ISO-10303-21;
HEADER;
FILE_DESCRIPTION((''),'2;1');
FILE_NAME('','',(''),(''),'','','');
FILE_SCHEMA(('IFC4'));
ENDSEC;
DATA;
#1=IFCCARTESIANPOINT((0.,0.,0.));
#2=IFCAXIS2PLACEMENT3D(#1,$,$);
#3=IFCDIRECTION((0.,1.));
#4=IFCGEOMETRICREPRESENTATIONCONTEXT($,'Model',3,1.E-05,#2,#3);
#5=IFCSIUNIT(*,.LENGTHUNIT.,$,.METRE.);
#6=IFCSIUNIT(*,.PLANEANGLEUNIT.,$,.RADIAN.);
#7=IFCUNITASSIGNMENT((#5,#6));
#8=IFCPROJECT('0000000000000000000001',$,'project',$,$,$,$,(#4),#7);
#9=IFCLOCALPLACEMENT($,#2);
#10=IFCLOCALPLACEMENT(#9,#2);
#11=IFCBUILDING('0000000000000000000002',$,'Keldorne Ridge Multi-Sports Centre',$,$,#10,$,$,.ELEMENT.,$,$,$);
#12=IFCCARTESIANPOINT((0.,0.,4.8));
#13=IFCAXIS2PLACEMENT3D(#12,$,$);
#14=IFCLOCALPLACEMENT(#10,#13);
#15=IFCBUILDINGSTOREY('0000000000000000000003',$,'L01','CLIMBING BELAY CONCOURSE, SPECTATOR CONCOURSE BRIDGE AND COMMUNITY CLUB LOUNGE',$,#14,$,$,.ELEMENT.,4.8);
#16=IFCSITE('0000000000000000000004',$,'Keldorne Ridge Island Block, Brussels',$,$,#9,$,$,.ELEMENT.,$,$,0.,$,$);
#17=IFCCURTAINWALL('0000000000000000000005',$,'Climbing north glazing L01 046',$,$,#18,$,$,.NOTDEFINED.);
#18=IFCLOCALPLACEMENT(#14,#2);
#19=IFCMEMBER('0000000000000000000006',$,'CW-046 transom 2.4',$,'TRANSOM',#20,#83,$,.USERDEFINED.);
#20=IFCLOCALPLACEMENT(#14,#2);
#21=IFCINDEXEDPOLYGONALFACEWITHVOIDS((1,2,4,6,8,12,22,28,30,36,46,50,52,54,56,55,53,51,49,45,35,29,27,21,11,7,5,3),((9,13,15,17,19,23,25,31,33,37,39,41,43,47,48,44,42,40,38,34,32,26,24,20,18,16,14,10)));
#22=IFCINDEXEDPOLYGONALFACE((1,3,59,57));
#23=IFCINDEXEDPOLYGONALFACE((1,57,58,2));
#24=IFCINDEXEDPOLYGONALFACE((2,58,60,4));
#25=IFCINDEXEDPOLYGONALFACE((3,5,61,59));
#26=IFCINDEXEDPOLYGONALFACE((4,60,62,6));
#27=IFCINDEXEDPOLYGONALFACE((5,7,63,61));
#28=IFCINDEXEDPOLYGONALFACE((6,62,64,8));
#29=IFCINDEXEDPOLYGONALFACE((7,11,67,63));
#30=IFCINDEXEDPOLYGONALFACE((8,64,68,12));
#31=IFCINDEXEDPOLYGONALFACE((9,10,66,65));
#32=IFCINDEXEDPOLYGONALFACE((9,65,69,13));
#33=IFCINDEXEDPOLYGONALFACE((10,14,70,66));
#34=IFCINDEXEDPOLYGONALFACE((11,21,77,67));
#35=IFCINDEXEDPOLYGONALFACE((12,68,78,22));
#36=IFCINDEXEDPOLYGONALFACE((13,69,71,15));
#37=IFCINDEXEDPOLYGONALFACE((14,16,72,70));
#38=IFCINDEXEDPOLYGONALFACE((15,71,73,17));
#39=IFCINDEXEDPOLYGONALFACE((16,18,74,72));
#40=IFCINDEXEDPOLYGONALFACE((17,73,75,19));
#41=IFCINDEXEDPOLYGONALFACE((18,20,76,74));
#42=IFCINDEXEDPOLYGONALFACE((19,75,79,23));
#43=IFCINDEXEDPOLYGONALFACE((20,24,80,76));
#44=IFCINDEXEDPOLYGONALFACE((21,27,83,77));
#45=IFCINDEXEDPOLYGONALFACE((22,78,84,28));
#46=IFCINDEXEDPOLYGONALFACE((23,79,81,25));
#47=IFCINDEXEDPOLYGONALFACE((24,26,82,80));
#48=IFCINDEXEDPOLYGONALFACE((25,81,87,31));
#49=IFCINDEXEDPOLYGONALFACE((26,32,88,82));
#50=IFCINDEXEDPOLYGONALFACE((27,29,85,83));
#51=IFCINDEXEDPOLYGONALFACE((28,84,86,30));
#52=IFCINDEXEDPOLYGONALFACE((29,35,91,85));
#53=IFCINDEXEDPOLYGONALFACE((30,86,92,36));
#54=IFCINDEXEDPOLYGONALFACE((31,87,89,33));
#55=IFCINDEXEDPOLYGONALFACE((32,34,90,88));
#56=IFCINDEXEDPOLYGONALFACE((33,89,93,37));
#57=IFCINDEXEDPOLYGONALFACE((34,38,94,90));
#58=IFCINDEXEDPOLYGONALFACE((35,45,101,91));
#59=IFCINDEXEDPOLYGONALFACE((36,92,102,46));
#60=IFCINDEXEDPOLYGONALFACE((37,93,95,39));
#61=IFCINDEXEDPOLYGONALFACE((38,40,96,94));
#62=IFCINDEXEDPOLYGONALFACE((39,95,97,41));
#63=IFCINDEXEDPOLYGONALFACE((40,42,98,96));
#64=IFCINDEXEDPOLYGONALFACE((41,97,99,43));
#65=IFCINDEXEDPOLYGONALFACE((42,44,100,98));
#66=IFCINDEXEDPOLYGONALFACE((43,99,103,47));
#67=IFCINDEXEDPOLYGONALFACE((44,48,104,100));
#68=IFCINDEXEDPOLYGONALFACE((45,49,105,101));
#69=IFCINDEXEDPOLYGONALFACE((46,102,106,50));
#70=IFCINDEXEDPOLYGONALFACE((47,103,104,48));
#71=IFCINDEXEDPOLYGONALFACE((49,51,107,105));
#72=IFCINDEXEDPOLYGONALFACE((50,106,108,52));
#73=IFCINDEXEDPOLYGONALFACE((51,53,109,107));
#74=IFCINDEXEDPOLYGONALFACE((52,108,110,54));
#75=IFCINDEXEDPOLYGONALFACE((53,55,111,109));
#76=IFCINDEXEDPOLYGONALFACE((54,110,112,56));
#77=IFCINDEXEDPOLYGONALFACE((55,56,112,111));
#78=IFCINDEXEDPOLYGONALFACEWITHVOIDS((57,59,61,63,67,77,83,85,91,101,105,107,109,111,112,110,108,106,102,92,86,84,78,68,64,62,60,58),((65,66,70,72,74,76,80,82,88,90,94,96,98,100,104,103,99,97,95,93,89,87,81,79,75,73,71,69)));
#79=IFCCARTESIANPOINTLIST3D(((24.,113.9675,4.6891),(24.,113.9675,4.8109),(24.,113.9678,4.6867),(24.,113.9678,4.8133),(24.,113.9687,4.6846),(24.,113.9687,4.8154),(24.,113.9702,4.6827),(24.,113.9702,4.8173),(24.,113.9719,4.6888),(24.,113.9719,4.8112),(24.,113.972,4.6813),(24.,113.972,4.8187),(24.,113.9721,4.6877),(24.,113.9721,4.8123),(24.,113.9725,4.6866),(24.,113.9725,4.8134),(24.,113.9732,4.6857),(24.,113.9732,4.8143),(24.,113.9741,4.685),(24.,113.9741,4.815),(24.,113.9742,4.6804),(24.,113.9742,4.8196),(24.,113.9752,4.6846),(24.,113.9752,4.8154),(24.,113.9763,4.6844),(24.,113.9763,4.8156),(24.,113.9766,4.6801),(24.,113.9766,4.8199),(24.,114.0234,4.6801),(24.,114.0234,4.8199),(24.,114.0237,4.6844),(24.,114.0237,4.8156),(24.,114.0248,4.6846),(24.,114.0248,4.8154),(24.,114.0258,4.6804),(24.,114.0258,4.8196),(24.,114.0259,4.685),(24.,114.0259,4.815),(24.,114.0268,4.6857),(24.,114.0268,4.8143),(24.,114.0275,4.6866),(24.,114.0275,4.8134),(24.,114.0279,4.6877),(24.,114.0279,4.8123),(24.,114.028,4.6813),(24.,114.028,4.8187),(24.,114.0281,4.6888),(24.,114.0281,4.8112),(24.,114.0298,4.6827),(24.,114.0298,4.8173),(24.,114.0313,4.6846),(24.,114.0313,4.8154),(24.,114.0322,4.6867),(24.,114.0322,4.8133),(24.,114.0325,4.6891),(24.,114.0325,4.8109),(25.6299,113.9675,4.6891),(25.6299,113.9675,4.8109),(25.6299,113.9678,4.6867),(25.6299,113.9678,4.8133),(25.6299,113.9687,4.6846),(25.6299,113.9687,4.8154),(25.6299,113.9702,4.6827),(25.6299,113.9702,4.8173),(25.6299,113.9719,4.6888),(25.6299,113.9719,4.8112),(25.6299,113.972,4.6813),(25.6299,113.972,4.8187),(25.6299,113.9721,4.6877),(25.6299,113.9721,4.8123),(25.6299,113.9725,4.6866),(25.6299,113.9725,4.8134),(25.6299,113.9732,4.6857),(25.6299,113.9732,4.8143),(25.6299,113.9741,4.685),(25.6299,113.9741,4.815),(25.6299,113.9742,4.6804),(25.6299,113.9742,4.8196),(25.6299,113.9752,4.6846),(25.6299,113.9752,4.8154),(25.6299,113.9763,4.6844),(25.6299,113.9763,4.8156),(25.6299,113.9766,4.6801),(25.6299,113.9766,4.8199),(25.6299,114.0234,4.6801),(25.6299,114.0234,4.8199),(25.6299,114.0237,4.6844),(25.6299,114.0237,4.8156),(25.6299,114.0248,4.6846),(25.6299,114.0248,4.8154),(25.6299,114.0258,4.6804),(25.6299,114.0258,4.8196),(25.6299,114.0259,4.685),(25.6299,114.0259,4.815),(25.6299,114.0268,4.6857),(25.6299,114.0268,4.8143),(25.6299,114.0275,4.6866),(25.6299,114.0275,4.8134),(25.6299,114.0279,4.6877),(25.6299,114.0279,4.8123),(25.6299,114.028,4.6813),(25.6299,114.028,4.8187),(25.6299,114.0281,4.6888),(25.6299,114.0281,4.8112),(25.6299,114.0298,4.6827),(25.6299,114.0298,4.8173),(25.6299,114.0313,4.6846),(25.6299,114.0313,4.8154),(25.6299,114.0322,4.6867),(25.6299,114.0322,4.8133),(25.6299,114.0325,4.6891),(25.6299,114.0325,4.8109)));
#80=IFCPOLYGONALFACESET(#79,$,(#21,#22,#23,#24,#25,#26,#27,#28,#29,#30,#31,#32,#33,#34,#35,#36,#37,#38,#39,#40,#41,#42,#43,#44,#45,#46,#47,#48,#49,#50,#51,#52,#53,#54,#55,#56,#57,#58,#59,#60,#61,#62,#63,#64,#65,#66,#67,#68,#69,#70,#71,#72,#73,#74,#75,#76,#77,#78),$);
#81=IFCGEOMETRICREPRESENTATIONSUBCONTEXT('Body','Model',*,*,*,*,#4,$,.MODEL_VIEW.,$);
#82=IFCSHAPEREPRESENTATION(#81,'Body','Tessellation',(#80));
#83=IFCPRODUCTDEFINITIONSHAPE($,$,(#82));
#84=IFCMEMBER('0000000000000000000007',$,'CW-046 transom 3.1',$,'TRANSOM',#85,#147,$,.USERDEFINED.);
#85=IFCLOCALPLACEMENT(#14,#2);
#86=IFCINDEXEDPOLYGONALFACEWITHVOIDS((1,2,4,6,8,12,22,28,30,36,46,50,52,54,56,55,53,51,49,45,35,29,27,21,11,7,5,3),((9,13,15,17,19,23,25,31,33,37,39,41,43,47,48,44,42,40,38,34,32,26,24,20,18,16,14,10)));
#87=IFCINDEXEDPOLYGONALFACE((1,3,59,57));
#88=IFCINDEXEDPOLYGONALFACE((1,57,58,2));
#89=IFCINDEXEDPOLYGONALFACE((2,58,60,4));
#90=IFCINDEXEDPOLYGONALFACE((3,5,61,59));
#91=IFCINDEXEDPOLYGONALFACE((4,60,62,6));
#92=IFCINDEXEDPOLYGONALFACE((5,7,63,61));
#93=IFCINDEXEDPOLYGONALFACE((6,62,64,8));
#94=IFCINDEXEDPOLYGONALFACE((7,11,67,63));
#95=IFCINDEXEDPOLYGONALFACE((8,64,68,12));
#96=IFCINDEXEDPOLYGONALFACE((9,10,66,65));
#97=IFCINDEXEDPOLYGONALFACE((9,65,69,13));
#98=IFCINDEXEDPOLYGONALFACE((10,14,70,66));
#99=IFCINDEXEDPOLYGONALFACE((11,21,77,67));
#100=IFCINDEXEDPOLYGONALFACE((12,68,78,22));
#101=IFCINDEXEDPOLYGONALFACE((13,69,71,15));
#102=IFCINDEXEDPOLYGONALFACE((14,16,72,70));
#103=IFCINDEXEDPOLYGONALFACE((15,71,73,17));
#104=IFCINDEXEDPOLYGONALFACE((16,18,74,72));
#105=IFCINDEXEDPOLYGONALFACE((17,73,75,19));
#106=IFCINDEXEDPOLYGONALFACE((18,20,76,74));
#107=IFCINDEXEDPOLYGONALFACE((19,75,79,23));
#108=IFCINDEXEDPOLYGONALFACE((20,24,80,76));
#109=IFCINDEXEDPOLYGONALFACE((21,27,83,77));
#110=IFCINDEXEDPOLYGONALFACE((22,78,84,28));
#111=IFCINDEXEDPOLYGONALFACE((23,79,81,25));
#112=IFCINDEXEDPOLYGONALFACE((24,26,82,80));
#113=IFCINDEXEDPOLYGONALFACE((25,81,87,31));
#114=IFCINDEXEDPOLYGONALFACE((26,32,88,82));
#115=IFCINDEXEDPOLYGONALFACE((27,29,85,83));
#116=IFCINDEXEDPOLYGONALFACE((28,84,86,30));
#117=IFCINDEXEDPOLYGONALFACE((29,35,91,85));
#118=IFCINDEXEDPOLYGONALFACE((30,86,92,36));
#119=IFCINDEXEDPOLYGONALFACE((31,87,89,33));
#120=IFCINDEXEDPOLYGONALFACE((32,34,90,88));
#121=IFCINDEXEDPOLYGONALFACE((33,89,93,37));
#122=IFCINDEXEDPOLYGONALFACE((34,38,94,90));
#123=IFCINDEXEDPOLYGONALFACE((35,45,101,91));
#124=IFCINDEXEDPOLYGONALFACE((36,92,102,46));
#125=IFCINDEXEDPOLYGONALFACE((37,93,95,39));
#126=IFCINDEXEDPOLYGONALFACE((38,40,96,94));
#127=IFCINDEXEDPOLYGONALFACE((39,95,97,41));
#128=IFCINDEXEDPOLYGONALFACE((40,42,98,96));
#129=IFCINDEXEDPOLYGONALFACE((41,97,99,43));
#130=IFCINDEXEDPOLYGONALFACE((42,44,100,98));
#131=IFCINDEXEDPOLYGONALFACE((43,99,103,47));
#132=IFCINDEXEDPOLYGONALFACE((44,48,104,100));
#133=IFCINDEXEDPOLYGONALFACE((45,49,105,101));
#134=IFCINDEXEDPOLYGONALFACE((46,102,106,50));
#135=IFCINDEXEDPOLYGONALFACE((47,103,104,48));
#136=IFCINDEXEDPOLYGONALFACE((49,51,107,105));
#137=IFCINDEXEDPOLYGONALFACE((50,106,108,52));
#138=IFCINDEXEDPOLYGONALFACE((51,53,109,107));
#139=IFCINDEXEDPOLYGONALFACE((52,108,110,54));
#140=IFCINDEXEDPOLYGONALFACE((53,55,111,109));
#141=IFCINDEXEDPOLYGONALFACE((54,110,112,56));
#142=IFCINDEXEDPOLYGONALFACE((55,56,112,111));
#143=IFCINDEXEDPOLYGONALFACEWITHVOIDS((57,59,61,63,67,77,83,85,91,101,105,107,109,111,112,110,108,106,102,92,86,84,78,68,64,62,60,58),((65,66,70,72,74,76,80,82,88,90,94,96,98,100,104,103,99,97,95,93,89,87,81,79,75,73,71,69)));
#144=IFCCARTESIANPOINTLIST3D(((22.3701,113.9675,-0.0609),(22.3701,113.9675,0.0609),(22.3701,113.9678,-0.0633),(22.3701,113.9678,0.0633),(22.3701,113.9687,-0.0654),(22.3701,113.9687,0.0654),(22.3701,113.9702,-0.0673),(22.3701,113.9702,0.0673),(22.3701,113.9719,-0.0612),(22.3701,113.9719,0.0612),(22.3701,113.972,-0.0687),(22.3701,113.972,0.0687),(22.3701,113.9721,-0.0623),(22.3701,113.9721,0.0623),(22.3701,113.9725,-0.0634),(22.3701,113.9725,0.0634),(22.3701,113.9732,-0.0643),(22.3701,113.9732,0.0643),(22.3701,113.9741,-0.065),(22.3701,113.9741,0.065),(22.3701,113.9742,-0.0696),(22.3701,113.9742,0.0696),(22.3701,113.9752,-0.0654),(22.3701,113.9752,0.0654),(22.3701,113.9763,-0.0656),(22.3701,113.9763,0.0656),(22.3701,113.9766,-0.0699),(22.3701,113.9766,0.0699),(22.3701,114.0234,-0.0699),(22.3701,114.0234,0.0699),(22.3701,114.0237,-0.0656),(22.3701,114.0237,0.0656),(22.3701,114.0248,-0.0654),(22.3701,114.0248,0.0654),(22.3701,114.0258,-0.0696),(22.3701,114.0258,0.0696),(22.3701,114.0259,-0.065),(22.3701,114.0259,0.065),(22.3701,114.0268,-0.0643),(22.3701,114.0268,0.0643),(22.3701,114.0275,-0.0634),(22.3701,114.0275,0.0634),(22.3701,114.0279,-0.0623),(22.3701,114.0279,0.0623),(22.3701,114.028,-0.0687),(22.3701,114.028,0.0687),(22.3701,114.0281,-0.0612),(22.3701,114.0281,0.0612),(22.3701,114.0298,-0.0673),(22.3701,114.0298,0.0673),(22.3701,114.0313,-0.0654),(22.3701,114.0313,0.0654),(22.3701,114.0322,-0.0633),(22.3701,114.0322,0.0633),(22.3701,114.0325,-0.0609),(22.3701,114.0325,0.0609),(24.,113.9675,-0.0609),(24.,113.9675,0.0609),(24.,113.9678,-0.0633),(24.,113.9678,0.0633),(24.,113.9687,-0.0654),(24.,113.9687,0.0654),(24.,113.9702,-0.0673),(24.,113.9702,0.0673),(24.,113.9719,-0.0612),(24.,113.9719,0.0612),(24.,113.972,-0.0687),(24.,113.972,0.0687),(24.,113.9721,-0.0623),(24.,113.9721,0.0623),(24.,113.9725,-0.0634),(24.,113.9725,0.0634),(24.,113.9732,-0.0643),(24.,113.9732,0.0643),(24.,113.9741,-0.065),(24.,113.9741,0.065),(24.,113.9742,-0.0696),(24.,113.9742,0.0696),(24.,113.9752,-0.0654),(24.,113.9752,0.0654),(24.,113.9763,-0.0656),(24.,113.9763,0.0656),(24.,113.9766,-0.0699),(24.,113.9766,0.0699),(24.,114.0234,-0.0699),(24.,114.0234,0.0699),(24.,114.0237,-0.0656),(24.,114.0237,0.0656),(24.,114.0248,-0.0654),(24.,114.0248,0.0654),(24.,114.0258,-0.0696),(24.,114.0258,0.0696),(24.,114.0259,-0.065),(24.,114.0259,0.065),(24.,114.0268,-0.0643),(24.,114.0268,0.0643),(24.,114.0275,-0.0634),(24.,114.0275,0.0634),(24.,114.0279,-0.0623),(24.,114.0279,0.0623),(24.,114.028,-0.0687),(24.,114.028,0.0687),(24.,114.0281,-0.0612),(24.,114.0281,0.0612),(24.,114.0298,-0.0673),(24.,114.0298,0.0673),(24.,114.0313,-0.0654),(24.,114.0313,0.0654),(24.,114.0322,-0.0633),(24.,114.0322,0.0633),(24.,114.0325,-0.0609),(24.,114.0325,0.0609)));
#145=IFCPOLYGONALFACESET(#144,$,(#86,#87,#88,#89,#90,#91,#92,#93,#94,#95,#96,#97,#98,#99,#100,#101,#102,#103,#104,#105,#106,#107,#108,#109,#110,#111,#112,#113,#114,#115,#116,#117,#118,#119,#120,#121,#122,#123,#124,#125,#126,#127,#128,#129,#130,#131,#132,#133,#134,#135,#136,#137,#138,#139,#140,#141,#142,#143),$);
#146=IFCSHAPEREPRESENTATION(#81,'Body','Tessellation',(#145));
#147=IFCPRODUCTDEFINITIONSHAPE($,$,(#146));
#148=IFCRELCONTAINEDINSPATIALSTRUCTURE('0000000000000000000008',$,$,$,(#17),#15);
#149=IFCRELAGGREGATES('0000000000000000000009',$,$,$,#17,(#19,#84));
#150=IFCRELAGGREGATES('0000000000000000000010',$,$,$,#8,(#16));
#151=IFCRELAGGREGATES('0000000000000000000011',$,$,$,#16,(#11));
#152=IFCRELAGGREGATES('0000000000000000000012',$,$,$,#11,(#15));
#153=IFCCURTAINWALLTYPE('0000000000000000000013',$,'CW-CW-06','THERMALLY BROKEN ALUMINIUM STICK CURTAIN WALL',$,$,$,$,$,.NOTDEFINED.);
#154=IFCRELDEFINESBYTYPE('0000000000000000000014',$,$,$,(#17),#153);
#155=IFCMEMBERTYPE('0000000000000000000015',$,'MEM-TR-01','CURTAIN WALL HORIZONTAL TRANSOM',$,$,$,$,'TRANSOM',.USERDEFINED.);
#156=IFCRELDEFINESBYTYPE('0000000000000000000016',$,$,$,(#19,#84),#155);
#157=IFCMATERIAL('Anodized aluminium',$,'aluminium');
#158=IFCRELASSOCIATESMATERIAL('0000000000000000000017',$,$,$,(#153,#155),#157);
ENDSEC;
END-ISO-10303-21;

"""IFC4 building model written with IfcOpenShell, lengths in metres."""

from ifc_helpers import new_model, si_unit, direction, frame, origin, origin_2d, place, context, subcontext, project, spatial, hollow_rectangle, extrude, material, material_profile, profile_set, type_object, element, aggregate, save


model = new_model("IFC4")

# Units and contexts
model_context = context("Model", 3, precision=1e-05, world=origin(), true_north=direction((0.0, 1.0)))
body_context = subcontext(model_context, "Body", "Model", "MODEL_VIEW")
ifc_project = project(units=[si_unit("LENGTHUNIT", "METRE"), si_unit("PLANEANGLEUNIT", "RADIAN")], contexts=[model_context])

# Site, building, storey
site_placement = place(None, origin())
site = spatial("IfcSite", under=ifc_project, at=site_placement, Name="Keldorne Ridge Island Block, Brussels", CompositionType="ELEMENT", RefElevation=0.0)
building_placement = place(site_placement, origin())
building = spatial("IfcBuilding", under=site, at=building_placement, Name="Keldorne Ridge Multi-Sports Centre", CompositionType="ELEMENT")
storey_placement = place(building_placement, frame((0.0, 0.0, 4.8)))
storey = spatial("IfcBuildingStorey", under=building, at=storey_placement, Name="L01", Description="CLIMBING BELAY CONCOURSE, SPECTATOR CONCOURSE BRIDGE AND COMMUNITY CLUB LOUNGE", CompositionType="ELEMENT", Elevation=4.8)

# Curtain wall
ifc_material_1 = material(Name="Anodized aluminium", Category="aluminium")
curtain_wall_type_1 = type_object("IfcCurtainWallType", Name="CW-CW-06", Description="THERMALLY BROKEN ALUMINIUM STICK CURTAIN WALL", PredefinedType="NOTDEFINED", material=ifc_material_1)
curtain_wall_1_placement = place(storey_placement, origin())
curtain_wall_1 = element("IfcCurtainWall", 1, at=curtain_wall_1_placement, inside=storey, type_object=curtain_wall_type_1, Name="Climbing north glazing L01 046", PredefinedType="NOTDEFINED")

# Members
ifc_material_profile_1 = material_profile(ifc_material_1, hollow_rectangle(XDim=0.0649, YDim=0.1399, WallThickness=0.0044, InnerFilletRadius=0.0044, OuterFilletRadius=0.009, at=origin_2d()), Name="ALU TRANSOM 140x65x4.5")
ifc_profile_set_1 = profile_set([ifc_material_profile_1], Name="Anodized aluminium")
member_type_1 = type_object("IfcMemberType", Name="MEM-TR-01", Description="CURTAIN WALL HORIZONTAL TRANSOM", ElementType="TRANSOM", PredefinedType="USERDEFINED", material=ifc_profile_set_1)
member_1_placement = place(storey_placement, frame((25.6299, 114.0, 4.75), z_axis=(-1.0, 0.0, 0.0), x_axis=(0.0, -1.0, 0.0)))
member_1 = element("IfcMember", 2, at=member_1_placement, type_object=member_type_1, Name="CW-046 transom 2.4", ObjectType="TRANSOM", PredefinedType="USERDEFINED", context=body_context, shape_type="SweptSolid", body=[
    extrude(hollow_rectangle(XDim=0.0649, YDim=0.1399, WallThickness=0.0044, InnerFilletRadius=0.0044, OuterFilletRadius=0.009, at=origin_2d()), origin(), (0.0, 0.0, 1.0), 1.6299),
])
member_2_placement = place(storey_placement, frame((24.0, 114.0, 0.0), z_axis=(-1.0, 0.0, 0.0), x_axis=(0.0, -1.0, 0.0)))
member_2 = element("IfcMember", 3, at=member_2_placement, type_object=member_type_1, Name="CW-046 transom 3.1", ObjectType="TRANSOM", PredefinedType="USERDEFINED", context=body_context, shape_type="SweptSolid", body=[
    extrude(hollow_rectangle(XDim=0.0649, YDim=0.1399, WallThickness=0.0044, InnerFilletRadius=0.0044, OuterFilletRadius=0.009, at=origin_2d()), origin(), (0.0, 0.0, 1.0), 1.6299),
])

aggregate(curtain_wall_1, [member_1, member_2])

save(model, "model.ifc")
